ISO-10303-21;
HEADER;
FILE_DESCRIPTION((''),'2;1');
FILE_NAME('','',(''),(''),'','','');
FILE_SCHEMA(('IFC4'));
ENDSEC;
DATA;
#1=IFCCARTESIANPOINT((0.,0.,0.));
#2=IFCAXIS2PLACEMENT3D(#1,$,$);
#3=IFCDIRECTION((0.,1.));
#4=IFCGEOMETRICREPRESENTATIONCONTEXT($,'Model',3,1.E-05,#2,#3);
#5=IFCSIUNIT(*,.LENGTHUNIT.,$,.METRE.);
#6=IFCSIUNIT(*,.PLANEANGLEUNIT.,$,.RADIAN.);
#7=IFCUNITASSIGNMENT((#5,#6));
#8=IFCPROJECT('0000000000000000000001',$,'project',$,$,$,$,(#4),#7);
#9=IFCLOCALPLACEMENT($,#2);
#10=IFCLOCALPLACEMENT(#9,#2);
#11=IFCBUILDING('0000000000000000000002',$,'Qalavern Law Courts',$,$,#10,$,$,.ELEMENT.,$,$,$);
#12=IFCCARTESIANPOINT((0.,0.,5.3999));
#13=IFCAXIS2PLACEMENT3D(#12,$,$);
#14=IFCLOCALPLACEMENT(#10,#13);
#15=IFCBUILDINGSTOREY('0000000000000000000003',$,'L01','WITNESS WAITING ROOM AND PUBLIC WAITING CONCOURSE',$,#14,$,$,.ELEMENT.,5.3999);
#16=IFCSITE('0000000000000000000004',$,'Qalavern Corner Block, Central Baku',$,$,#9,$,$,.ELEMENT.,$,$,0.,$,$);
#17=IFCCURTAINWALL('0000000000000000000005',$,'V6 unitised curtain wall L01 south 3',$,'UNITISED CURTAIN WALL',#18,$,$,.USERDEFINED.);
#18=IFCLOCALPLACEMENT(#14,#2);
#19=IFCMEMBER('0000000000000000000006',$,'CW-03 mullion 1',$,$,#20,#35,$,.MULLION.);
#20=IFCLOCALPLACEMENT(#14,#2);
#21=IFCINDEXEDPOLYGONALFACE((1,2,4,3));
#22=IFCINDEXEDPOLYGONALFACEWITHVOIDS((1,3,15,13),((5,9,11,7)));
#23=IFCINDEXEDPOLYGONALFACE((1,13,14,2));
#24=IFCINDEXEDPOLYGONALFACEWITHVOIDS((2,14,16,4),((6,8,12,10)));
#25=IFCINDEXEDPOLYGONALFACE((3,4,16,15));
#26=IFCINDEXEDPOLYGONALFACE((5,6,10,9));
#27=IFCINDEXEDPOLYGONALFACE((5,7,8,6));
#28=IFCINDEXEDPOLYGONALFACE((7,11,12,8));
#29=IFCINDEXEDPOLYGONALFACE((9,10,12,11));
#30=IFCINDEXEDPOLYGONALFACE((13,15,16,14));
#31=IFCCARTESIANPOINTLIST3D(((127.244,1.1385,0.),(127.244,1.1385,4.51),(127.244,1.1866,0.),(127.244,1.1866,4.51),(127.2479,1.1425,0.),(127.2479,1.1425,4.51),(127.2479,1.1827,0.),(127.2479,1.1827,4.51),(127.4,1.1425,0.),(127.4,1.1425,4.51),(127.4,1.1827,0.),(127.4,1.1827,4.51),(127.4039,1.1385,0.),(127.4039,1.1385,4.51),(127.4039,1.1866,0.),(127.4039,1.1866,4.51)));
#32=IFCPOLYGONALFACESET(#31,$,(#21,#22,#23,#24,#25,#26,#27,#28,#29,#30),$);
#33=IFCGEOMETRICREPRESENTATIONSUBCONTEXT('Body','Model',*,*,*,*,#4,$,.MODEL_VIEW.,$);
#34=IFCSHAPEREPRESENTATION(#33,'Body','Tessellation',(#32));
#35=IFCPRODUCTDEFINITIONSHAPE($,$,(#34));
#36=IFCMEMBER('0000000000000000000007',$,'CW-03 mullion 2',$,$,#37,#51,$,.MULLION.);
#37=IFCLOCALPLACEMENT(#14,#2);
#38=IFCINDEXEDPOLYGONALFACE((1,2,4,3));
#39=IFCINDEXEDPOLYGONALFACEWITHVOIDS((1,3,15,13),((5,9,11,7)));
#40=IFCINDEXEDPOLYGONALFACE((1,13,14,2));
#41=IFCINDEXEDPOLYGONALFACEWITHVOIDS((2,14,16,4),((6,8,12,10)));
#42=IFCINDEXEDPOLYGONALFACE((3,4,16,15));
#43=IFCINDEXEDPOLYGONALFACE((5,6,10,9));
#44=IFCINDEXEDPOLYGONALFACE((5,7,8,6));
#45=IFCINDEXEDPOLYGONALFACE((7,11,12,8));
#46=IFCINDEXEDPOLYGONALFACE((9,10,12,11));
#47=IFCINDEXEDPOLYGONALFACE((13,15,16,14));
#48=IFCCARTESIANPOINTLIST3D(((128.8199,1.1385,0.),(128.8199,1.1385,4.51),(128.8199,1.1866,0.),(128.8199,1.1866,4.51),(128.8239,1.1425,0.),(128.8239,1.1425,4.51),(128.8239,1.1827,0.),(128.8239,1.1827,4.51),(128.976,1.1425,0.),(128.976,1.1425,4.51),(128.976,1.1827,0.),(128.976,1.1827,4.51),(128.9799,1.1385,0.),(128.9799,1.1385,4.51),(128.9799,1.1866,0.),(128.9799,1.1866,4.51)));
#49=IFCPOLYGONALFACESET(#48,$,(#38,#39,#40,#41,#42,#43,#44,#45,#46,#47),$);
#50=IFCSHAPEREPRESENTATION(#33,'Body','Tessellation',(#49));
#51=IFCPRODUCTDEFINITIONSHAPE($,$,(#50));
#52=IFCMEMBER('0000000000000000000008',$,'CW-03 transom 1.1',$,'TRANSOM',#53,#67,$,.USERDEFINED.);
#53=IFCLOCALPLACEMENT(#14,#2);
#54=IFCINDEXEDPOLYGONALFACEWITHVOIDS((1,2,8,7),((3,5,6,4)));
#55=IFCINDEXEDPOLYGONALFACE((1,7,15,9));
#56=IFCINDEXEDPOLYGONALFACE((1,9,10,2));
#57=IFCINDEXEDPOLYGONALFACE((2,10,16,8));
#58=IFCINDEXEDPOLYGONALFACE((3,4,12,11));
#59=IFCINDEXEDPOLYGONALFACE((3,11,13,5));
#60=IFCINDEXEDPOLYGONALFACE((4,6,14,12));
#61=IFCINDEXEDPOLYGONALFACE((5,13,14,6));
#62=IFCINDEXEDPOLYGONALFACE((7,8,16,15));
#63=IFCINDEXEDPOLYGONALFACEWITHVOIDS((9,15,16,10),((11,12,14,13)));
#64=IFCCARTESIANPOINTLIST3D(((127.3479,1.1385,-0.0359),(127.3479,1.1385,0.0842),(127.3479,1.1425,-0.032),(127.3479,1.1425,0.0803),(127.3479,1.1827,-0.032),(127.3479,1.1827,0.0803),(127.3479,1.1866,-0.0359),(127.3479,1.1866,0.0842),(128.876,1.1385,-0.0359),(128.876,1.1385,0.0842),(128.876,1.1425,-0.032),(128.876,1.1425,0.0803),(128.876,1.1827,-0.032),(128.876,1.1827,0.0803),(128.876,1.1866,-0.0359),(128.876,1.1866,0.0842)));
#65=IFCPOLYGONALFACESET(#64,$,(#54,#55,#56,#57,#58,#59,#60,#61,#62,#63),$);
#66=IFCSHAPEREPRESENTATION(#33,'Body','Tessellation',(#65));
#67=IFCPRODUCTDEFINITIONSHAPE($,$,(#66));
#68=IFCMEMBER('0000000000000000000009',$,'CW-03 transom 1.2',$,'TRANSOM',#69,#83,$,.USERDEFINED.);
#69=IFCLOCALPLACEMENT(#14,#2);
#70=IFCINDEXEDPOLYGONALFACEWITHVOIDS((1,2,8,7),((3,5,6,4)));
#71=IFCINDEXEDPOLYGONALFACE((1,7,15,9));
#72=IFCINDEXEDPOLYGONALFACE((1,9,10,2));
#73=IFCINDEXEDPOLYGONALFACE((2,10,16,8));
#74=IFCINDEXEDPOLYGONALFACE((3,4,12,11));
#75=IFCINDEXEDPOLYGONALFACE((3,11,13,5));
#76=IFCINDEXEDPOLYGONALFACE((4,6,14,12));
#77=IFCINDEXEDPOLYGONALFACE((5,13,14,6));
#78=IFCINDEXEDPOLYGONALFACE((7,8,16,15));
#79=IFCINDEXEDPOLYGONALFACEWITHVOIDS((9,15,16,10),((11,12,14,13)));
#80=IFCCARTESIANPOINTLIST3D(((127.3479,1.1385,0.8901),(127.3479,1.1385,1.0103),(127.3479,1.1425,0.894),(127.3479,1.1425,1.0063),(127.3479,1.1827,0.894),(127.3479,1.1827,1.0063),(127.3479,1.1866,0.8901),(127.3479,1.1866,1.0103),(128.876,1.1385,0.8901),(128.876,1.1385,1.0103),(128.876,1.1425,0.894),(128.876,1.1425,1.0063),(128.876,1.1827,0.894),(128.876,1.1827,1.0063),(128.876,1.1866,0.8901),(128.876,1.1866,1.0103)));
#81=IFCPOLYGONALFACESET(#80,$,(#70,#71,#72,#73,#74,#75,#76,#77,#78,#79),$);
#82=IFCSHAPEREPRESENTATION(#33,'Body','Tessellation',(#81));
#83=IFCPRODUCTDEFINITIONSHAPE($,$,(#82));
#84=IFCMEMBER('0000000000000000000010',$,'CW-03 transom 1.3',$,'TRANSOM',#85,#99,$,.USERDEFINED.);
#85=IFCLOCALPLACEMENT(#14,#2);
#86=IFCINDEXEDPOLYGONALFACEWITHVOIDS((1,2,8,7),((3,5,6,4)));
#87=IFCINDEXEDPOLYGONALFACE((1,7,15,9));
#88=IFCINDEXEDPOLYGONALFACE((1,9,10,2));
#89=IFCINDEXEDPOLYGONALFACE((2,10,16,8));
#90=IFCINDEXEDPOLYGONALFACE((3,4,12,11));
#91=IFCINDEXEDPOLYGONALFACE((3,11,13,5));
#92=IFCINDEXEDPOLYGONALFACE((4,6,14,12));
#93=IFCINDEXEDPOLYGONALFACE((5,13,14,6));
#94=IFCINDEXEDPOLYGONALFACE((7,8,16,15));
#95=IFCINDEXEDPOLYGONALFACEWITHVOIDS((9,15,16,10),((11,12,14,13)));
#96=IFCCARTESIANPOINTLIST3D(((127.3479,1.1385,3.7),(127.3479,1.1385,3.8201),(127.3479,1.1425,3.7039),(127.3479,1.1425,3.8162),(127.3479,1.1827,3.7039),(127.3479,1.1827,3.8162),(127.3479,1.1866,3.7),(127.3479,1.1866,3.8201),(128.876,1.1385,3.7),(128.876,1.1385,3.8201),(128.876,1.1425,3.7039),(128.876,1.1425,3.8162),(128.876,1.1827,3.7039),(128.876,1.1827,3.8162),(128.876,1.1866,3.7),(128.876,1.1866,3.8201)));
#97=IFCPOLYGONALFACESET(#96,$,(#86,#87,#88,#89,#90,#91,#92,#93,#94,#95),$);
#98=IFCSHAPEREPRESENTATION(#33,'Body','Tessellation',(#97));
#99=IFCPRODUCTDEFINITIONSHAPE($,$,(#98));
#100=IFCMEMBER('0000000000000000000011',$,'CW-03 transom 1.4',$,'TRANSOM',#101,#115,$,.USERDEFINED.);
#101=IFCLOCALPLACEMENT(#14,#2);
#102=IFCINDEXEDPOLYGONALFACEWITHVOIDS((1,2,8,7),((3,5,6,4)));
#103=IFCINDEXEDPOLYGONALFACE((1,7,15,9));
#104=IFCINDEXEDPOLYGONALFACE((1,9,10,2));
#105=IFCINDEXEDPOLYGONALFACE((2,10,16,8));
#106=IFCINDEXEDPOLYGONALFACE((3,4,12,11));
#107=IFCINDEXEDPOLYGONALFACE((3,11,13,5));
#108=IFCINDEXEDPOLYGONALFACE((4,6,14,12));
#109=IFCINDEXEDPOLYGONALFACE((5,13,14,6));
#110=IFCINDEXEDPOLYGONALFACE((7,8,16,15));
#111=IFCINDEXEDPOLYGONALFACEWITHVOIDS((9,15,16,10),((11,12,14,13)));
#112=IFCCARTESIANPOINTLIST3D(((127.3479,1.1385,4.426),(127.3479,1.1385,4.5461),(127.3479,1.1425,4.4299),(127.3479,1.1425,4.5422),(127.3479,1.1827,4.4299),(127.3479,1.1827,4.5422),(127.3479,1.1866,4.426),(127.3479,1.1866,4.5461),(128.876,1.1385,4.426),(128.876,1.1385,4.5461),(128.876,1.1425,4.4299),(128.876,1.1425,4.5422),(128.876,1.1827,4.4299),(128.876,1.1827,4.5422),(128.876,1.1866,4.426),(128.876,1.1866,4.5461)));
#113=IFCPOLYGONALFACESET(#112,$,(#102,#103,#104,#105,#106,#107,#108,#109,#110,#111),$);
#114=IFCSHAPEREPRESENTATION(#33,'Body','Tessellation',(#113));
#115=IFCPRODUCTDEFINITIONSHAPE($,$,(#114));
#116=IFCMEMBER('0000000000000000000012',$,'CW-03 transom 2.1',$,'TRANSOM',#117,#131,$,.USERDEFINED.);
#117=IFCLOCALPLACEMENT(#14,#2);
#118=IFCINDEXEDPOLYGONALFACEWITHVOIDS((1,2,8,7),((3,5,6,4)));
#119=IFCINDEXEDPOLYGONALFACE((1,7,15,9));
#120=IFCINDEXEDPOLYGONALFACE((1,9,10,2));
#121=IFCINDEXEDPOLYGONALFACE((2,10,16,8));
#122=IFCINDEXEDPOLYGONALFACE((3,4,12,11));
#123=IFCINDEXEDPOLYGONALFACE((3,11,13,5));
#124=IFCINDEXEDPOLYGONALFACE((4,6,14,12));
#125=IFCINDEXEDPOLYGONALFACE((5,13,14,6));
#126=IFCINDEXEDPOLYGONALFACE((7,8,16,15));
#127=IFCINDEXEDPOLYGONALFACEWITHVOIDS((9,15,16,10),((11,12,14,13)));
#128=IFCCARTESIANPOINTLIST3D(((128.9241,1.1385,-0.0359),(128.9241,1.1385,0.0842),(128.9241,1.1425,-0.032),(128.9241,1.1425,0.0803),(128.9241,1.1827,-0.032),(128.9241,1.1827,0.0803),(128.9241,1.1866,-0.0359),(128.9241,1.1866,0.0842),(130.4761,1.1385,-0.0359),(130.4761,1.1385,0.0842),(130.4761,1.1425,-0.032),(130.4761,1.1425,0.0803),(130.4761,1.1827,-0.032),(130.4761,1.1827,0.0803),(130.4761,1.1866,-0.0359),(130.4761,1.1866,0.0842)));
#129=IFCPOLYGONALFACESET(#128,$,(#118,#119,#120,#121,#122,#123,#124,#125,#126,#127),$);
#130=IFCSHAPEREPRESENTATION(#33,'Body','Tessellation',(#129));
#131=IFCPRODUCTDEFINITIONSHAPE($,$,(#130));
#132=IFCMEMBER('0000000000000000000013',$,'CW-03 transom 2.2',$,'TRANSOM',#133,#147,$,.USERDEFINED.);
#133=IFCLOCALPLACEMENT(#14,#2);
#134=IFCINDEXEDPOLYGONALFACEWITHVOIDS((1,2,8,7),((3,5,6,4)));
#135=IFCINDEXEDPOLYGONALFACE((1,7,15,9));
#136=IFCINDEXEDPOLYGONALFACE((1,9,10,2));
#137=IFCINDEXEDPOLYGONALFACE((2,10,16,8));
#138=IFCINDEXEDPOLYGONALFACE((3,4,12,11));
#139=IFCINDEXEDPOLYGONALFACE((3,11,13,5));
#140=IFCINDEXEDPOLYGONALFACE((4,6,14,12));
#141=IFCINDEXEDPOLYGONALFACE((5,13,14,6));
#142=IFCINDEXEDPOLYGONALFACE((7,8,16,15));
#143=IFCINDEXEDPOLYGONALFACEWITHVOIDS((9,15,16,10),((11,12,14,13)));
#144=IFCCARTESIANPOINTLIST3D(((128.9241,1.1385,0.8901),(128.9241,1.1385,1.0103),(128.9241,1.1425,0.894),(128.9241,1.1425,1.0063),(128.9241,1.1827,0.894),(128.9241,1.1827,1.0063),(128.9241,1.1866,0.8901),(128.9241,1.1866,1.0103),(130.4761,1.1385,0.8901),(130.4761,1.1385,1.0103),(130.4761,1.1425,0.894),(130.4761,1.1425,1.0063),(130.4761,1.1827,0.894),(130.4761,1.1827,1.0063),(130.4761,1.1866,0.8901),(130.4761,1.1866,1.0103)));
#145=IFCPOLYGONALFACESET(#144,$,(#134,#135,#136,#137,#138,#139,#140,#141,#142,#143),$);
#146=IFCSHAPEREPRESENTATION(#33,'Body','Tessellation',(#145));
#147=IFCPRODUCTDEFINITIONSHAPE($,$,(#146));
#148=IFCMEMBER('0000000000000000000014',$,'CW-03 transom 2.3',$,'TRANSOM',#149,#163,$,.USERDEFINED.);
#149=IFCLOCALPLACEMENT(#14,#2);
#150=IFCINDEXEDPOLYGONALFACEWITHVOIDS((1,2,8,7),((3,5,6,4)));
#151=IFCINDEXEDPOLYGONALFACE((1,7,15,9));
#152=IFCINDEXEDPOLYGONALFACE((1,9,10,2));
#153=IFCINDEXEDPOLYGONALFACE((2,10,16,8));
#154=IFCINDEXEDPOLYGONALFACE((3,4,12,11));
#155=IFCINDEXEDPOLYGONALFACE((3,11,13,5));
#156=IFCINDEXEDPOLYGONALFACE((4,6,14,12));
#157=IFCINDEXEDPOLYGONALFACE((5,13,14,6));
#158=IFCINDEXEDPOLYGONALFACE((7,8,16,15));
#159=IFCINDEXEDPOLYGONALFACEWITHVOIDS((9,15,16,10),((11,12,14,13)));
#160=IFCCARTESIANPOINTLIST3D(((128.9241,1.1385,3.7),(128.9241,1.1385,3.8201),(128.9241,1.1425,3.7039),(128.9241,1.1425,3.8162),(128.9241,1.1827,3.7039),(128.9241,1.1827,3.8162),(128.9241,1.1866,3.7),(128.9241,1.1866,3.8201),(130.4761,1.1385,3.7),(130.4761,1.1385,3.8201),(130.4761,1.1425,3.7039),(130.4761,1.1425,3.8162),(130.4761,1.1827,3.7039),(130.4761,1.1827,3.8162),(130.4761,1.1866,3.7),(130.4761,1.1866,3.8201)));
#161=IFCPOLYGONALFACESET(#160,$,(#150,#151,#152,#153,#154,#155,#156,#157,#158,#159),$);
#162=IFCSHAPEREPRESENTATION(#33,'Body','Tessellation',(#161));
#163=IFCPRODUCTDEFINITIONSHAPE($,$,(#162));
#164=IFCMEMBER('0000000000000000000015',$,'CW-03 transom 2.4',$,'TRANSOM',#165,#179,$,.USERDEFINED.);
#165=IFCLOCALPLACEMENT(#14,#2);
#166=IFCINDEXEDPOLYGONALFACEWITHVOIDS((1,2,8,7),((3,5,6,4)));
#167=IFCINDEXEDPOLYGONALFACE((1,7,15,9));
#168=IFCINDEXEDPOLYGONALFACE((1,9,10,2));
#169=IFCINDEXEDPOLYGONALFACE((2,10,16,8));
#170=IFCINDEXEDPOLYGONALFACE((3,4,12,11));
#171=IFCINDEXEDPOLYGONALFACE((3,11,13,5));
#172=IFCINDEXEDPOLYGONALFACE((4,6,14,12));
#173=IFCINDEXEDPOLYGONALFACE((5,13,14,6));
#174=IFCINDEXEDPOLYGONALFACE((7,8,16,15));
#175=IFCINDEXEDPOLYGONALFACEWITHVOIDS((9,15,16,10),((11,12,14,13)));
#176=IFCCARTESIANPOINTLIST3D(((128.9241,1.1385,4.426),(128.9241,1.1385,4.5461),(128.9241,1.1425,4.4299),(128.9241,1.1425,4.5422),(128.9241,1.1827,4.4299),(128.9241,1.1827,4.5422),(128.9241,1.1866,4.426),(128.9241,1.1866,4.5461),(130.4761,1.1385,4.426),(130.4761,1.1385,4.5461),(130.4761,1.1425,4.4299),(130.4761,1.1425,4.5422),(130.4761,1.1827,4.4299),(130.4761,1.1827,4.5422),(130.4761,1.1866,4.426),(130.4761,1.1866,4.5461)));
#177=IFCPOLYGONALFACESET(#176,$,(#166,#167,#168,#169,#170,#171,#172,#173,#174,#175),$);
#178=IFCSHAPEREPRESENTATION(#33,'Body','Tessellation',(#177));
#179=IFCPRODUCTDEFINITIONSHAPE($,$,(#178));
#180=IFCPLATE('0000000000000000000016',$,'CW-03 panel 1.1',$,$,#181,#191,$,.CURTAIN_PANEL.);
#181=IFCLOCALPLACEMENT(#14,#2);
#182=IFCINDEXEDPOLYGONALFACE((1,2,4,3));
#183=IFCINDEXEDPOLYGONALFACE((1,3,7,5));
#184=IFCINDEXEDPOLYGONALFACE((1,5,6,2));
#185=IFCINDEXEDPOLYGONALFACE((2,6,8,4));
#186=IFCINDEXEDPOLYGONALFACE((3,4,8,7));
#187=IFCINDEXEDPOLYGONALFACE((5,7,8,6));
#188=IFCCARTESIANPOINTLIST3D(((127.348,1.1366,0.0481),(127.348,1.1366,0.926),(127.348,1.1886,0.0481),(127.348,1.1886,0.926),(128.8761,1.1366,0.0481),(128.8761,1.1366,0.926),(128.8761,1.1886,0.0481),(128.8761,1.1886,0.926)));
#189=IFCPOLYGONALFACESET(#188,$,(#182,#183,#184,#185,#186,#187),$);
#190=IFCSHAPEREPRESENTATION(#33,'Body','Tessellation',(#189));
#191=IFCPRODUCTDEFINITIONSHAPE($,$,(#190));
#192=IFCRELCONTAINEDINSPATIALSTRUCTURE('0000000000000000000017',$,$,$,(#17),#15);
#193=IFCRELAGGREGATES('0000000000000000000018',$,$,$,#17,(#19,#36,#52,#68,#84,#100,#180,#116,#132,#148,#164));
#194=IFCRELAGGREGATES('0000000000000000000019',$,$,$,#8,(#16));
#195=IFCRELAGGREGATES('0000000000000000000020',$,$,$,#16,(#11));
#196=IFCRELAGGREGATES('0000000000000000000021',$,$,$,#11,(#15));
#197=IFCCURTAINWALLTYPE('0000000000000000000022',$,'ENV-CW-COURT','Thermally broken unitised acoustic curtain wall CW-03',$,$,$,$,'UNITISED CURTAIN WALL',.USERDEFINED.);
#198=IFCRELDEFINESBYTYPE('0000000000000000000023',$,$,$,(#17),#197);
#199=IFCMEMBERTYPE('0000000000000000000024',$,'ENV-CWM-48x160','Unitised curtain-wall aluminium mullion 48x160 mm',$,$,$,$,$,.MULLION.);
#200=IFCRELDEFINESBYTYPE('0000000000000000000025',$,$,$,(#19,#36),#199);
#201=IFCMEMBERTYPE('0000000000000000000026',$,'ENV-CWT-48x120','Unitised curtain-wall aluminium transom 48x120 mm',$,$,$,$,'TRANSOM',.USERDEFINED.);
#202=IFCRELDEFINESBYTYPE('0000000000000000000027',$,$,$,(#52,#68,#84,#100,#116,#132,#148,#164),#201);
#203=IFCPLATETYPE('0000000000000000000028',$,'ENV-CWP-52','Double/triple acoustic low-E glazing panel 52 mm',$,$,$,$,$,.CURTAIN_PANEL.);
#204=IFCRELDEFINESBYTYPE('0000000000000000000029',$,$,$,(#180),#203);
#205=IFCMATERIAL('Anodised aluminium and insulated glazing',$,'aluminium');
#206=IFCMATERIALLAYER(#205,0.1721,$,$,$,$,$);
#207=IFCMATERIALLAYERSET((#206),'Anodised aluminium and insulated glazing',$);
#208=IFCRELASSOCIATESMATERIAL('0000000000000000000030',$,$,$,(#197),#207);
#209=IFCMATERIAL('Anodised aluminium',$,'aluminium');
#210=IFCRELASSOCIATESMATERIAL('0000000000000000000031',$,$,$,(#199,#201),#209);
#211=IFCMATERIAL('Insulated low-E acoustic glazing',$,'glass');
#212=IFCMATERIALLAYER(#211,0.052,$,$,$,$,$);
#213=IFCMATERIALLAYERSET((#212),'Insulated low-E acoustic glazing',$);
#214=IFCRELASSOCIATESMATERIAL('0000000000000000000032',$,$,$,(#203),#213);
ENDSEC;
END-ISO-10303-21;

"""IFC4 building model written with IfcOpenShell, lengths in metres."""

from ifc_helpers import new_model, si_unit, direction, frame, origin, origin_2d, place, context, subcontext, project, spatial, rectangle, hollow_rectangle, extrude, material, layer, layer_set, material_profile, profile_set, type_object, element, aggregate, save


model = new_model("IFC4")

# Units and contexts
model_context = context("Model", 3, precision=1e-05, world=origin(), true_north=direction((0.0, 1.0)))
body_context = subcontext(model_context, "Body", "Model", "MODEL_VIEW")
ifc_project = project(units=[si_unit("LENGTHUNIT", "METRE"), si_unit("PLANEANGLEUNIT", "RADIAN")], contexts=[model_context])

# Site, building, storey
site_placement = place(None, origin())
site = spatial("IfcSite", under=ifc_project, at=site_placement, Name="Qalavern Corner Block, Central Baku", CompositionType="ELEMENT", RefElevation=0.0)
building_placement = place(site_placement, origin())
building = spatial("IfcBuilding", under=site, at=building_placement, Name="Qalavern Law Courts", CompositionType="ELEMENT")
storey_placement = place(building_placement, frame((0.0, 0.0, 5.3999)))
storey = spatial("IfcBuildingStorey", under=building, at=storey_placement, Name="L01", Description="WITNESS WAITING ROOM AND PUBLIC WAITING CONCOURSE", CompositionType="ELEMENT", Elevation=5.3999)

# Curtain wall, members, plate
ifc_material_1 = material(Name="Anodised aluminium and insulated glazing", Category="aluminium")
ifc_layer_1 = layer(ifc_material_1, 0.1721)
ifc_layer_set_1 = layer_set([ifc_layer_1], Name="Anodised aluminium and insulated glazing")
curtain_wall_type = type_object("IfcCurtainWallType", Name="ENV-CW-COURT", Description="Thermally broken unitised acoustic curtain wall CW-03", ElementType="UNITISED CURTAIN WALL", PredefinedType="USERDEFINED", material=ifc_layer_set_1)
curtain_wall_placement = place(storey_placement, origin())
curtain_wall = element("IfcCurtainWall", 1, at=curtain_wall_placement, inside=storey, type_object=curtain_wall_type, Name="V6 unitised curtain wall L01 south 3", ObjectType="UNITISED CURTAIN WALL", PredefinedType="USERDEFINED")
ifc_material_2 = material(Name="Anodised aluminium", Category="aluminium")
ifc_material_profile_1 = material_profile(ifc_material_2, hollow_rectangle(XDim=0.0481, YDim=0.1599, WallThickness=0.0039, at=origin_2d()), Name="ALU MULLION 48x160")
ifc_profile_set_1 = profile_set([ifc_material_profile_1], Name="Anodised aluminium")
member_type_1 = type_object("IfcMemberType", Name="ENV-CWM-48x160", Description="Unitised curtain-wall aluminium mullion 48x160 mm", PredefinedType="MULLION", material=ifc_profile_set_1)
member_1_placement = place(storey_placement, frame((127.324, 1.1626, 0.0), z_axis=(0.0, 0.0, 1.0), x_axis=(0.0, 1.0, 0.0)))
member_1 = element("IfcMember", 2, at=member_1_placement, type_object=member_type_1, Name="CW-03 mullion 1", PredefinedType="MULLION", context=body_context, shape_type="SweptSolid", body=[
    extrude(hollow_rectangle(XDim=0.0481, YDim=0.1599, WallThickness=0.0039, at=origin_2d()), origin(), (0.0, 0.0, 1.0), 4.51),
])
member_2_placement = place(storey_placement, frame((128.8999, 1.1626, 0.0), z_axis=(0.0, 0.0, 1.0), x_axis=(0.0, 1.0, 0.0)))
member_2 = element("IfcMember", 3, at=member_2_placement, type_object=member_type_1, Name="CW-03 mullion 2", PredefinedType="MULLION", context=body_context, shape_type="SweptSolid", body=[
    extrude(hollow_rectangle(XDim=0.0481, YDim=0.1599, WallThickness=0.0039, at=origin_2d()), origin(), (0.0, 0.0, 1.0), 4.51),
])
ifc_material_profile_2 = material_profile(ifc_material_2, hollow_rectangle(XDim=0.0481, YDim=0.1201, WallThickness=0.0039, at=origin_2d()), Name="ALU TRANSOM 48x120")
ifc_profile_set_2 = profile_set([ifc_material_profile_2], Name="Anodised aluminium")
member_type_2 = type_object("IfcMemberType", Name="ENV-CWT-48x120", Description="Unitised curtain-wall aluminium transom 48x120 mm", ElementType="TRANSOM", PredefinedType="USERDEFINED", material=ifc_profile_set_2)
member_3_placement = place(storey_placement, frame((127.3479, 1.1626, 0.0242), z_axis=(1.0, 0.0, 0.0), x_axis=(0.0, 1.0, 0.0)))
member_3 = element("IfcMember", 4, at=member_3_placement, type_object=member_type_2, Name="CW-03 transom 1.1", ObjectType="TRANSOM", PredefinedType="USERDEFINED", context=body_context, shape_type="SweptSolid", body=[
    extrude(hollow_rectangle(XDim=0.0481, YDim=0.1201, WallThickness=0.0039, at=origin_2d()), origin(), (0.0, 0.0, 1.0), 1.5281),
])
member_4_placement = place(storey_placement, frame((127.3479, 1.1626, 0.9502), z_axis=(1.0, 0.0, 0.0), x_axis=(0.0, 1.0, 0.0)))
member_4 = element("IfcMember", 5, at=member_4_placement, type_object=member_type_2, Name="CW-03 transom 1.2", ObjectType="TRANSOM", PredefinedType="USERDEFINED", context=body_context, shape_type="SweptSolid", body=[
    extrude(hollow_rectangle(XDim=0.0481, YDim=0.1201, WallThickness=0.0039, at=origin_2d()), origin(), (0.0, 0.0, 1.0), 1.5281),
])
member_5_placement = place(storey_placement, frame((127.3479, 1.1626, 3.76), z_axis=(1.0, 0.0, 0.0), x_axis=(0.0, 1.0, 0.0)))
member_5 = element("IfcMember", 6, at=member_5_placement, type_object=member_type_2, Name="CW-03 transom 1.3", ObjectType="TRANSOM", PredefinedType="USERDEFINED", context=body_context, shape_type="SweptSolid", body=[
    extrude(hollow_rectangle(XDim=0.0481, YDim=0.1201, WallThickness=0.0039, at=origin_2d()), origin(), (0.0, 0.0, 1.0), 1.5281),
])
member_6_placement = place(storey_placement, frame((127.3479, 1.1626, 4.4861), z_axis=(1.0, 0.0, 0.0), x_axis=(0.0, 1.0, 0.0)))
member_6 = element("IfcMember", 7, at=member_6_placement, type_object=member_type_2, Name="CW-03 transom 1.4", ObjectType="TRANSOM", PredefinedType="USERDEFINED", context=body_context, shape_type="SweptSolid", body=[
    extrude(hollow_rectangle(XDim=0.0481, YDim=0.1201, WallThickness=0.0039, at=origin_2d()), origin(), (0.0, 0.0, 1.0), 1.5281),
])
member_7_placement = place(storey_placement, frame((128.9241, 1.1626, 0.0242), z_axis=(1.0, 0.0, 0.0), x_axis=(0.0, 1.0, 0.0)))
member_7 = element("IfcMember", 8, at=member_7_placement, type_object=member_type_2, Name="CW-03 transom 2.1", ObjectType="TRANSOM", PredefinedType="USERDEFINED", context=body_context, shape_type="SweptSolid", body=[
    extrude(hollow_rectangle(XDim=0.0481, YDim=0.1201, WallThickness=0.0039, at=origin_2d()), origin(), (0.0, 0.0, 1.0), 1.552),
])
member_8_placement = place(storey_placement, frame((128.9241, 1.1626, 0.9502), z_axis=(1.0, 0.0, 0.0), x_axis=(0.0, 1.0, 0.0)))
member_8 = element("IfcMember", 9, at=member_8_placement, type_object=member_type_2, Name="CW-03 transom 2.2", ObjectType="TRANSOM", PredefinedType="USERDEFINED", context=body_context, shape_type="SweptSolid", body=[
    extrude(hollow_rectangle(XDim=0.0481, YDim=0.1201, WallThickness=0.0039, at=origin_2d()), origin(), (0.0, 0.0, 1.0), 1.552),
])
member_9_placement = place(storey_placement, frame((128.9241, 1.1626, 3.76), z_axis=(1.0, 0.0, 0.0), x_axis=(0.0, 1.0, 0.0)))
member_9 = element("IfcMember", 10, at=member_9_placement, type_object=member_type_2, Name="CW-03 transom 2.3", ObjectType="TRANSOM", PredefinedType="USERDEFINED", context=body_context, shape_type="SweptSolid", body=[
    extrude(hollow_rectangle(XDim=0.0481, YDim=0.1201, WallThickness=0.0039, at=origin_2d()), origin(), (0.0, 0.0, 1.0), 1.552),
])
member_10_placement = place(storey_placement, frame((128.9241, 1.1626, 4.4861), z_axis=(1.0, 0.0, 0.0), x_axis=(0.0, 1.0, 0.0)))
member_10 = element("IfcMember", 11, at=member_10_placement, type_object=member_type_2, Name="CW-03 transom 2.4", ObjectType="TRANSOM", PredefinedType="USERDEFINED", context=body_context, shape_type="SweptSolid", body=[
    extrude(hollow_rectangle(XDim=0.0481, YDim=0.1201, WallThickness=0.0039, at=origin_2d()), origin(), (0.0, 0.0, 1.0), 1.552),
])
ifc_material_3 = material(Name="Insulated low-E acoustic glazing", Category="glass")
ifc_layer_2 = layer(ifc_material_3, 0.052)
ifc_layer_set_2 = layer_set([ifc_layer_2], Name="Insulated low-E acoustic glazing")
plate_type = type_object("IfcPlateType", Name="ENV-CWP-52", Description="Double/triple acoustic low-E glazing panel 52 mm", PredefinedType="CURTAIN_PANEL", material=ifc_layer_set_2)
plate_1_placement = place(storey_placement, frame((128.1121, 1.1626, 0.0481), z_axis=(0.0, 0.0, 1.0), x_axis=(1.0, 0.0, 0.0)))
plate_1 = element("IfcPlate", 12, at=plate_1_placement, type_object=plate_type, Name="CW-03 panel 1.1", PredefinedType="CURTAIN_PANEL", context=body_context, shape_type="SweptSolid", body=[
    extrude(rectangle(XDim=1.5281, YDim=0.052, at=origin_2d()), origin(), (0.0, 0.0, 1.0), 0.8779),
])
aggregate(curtain_wall, [member_1, member_2, member_3, member_4, member_5, member_6, plate_1, member_7, member_8, member_9, member_10])

save(model, "model.ifc")
